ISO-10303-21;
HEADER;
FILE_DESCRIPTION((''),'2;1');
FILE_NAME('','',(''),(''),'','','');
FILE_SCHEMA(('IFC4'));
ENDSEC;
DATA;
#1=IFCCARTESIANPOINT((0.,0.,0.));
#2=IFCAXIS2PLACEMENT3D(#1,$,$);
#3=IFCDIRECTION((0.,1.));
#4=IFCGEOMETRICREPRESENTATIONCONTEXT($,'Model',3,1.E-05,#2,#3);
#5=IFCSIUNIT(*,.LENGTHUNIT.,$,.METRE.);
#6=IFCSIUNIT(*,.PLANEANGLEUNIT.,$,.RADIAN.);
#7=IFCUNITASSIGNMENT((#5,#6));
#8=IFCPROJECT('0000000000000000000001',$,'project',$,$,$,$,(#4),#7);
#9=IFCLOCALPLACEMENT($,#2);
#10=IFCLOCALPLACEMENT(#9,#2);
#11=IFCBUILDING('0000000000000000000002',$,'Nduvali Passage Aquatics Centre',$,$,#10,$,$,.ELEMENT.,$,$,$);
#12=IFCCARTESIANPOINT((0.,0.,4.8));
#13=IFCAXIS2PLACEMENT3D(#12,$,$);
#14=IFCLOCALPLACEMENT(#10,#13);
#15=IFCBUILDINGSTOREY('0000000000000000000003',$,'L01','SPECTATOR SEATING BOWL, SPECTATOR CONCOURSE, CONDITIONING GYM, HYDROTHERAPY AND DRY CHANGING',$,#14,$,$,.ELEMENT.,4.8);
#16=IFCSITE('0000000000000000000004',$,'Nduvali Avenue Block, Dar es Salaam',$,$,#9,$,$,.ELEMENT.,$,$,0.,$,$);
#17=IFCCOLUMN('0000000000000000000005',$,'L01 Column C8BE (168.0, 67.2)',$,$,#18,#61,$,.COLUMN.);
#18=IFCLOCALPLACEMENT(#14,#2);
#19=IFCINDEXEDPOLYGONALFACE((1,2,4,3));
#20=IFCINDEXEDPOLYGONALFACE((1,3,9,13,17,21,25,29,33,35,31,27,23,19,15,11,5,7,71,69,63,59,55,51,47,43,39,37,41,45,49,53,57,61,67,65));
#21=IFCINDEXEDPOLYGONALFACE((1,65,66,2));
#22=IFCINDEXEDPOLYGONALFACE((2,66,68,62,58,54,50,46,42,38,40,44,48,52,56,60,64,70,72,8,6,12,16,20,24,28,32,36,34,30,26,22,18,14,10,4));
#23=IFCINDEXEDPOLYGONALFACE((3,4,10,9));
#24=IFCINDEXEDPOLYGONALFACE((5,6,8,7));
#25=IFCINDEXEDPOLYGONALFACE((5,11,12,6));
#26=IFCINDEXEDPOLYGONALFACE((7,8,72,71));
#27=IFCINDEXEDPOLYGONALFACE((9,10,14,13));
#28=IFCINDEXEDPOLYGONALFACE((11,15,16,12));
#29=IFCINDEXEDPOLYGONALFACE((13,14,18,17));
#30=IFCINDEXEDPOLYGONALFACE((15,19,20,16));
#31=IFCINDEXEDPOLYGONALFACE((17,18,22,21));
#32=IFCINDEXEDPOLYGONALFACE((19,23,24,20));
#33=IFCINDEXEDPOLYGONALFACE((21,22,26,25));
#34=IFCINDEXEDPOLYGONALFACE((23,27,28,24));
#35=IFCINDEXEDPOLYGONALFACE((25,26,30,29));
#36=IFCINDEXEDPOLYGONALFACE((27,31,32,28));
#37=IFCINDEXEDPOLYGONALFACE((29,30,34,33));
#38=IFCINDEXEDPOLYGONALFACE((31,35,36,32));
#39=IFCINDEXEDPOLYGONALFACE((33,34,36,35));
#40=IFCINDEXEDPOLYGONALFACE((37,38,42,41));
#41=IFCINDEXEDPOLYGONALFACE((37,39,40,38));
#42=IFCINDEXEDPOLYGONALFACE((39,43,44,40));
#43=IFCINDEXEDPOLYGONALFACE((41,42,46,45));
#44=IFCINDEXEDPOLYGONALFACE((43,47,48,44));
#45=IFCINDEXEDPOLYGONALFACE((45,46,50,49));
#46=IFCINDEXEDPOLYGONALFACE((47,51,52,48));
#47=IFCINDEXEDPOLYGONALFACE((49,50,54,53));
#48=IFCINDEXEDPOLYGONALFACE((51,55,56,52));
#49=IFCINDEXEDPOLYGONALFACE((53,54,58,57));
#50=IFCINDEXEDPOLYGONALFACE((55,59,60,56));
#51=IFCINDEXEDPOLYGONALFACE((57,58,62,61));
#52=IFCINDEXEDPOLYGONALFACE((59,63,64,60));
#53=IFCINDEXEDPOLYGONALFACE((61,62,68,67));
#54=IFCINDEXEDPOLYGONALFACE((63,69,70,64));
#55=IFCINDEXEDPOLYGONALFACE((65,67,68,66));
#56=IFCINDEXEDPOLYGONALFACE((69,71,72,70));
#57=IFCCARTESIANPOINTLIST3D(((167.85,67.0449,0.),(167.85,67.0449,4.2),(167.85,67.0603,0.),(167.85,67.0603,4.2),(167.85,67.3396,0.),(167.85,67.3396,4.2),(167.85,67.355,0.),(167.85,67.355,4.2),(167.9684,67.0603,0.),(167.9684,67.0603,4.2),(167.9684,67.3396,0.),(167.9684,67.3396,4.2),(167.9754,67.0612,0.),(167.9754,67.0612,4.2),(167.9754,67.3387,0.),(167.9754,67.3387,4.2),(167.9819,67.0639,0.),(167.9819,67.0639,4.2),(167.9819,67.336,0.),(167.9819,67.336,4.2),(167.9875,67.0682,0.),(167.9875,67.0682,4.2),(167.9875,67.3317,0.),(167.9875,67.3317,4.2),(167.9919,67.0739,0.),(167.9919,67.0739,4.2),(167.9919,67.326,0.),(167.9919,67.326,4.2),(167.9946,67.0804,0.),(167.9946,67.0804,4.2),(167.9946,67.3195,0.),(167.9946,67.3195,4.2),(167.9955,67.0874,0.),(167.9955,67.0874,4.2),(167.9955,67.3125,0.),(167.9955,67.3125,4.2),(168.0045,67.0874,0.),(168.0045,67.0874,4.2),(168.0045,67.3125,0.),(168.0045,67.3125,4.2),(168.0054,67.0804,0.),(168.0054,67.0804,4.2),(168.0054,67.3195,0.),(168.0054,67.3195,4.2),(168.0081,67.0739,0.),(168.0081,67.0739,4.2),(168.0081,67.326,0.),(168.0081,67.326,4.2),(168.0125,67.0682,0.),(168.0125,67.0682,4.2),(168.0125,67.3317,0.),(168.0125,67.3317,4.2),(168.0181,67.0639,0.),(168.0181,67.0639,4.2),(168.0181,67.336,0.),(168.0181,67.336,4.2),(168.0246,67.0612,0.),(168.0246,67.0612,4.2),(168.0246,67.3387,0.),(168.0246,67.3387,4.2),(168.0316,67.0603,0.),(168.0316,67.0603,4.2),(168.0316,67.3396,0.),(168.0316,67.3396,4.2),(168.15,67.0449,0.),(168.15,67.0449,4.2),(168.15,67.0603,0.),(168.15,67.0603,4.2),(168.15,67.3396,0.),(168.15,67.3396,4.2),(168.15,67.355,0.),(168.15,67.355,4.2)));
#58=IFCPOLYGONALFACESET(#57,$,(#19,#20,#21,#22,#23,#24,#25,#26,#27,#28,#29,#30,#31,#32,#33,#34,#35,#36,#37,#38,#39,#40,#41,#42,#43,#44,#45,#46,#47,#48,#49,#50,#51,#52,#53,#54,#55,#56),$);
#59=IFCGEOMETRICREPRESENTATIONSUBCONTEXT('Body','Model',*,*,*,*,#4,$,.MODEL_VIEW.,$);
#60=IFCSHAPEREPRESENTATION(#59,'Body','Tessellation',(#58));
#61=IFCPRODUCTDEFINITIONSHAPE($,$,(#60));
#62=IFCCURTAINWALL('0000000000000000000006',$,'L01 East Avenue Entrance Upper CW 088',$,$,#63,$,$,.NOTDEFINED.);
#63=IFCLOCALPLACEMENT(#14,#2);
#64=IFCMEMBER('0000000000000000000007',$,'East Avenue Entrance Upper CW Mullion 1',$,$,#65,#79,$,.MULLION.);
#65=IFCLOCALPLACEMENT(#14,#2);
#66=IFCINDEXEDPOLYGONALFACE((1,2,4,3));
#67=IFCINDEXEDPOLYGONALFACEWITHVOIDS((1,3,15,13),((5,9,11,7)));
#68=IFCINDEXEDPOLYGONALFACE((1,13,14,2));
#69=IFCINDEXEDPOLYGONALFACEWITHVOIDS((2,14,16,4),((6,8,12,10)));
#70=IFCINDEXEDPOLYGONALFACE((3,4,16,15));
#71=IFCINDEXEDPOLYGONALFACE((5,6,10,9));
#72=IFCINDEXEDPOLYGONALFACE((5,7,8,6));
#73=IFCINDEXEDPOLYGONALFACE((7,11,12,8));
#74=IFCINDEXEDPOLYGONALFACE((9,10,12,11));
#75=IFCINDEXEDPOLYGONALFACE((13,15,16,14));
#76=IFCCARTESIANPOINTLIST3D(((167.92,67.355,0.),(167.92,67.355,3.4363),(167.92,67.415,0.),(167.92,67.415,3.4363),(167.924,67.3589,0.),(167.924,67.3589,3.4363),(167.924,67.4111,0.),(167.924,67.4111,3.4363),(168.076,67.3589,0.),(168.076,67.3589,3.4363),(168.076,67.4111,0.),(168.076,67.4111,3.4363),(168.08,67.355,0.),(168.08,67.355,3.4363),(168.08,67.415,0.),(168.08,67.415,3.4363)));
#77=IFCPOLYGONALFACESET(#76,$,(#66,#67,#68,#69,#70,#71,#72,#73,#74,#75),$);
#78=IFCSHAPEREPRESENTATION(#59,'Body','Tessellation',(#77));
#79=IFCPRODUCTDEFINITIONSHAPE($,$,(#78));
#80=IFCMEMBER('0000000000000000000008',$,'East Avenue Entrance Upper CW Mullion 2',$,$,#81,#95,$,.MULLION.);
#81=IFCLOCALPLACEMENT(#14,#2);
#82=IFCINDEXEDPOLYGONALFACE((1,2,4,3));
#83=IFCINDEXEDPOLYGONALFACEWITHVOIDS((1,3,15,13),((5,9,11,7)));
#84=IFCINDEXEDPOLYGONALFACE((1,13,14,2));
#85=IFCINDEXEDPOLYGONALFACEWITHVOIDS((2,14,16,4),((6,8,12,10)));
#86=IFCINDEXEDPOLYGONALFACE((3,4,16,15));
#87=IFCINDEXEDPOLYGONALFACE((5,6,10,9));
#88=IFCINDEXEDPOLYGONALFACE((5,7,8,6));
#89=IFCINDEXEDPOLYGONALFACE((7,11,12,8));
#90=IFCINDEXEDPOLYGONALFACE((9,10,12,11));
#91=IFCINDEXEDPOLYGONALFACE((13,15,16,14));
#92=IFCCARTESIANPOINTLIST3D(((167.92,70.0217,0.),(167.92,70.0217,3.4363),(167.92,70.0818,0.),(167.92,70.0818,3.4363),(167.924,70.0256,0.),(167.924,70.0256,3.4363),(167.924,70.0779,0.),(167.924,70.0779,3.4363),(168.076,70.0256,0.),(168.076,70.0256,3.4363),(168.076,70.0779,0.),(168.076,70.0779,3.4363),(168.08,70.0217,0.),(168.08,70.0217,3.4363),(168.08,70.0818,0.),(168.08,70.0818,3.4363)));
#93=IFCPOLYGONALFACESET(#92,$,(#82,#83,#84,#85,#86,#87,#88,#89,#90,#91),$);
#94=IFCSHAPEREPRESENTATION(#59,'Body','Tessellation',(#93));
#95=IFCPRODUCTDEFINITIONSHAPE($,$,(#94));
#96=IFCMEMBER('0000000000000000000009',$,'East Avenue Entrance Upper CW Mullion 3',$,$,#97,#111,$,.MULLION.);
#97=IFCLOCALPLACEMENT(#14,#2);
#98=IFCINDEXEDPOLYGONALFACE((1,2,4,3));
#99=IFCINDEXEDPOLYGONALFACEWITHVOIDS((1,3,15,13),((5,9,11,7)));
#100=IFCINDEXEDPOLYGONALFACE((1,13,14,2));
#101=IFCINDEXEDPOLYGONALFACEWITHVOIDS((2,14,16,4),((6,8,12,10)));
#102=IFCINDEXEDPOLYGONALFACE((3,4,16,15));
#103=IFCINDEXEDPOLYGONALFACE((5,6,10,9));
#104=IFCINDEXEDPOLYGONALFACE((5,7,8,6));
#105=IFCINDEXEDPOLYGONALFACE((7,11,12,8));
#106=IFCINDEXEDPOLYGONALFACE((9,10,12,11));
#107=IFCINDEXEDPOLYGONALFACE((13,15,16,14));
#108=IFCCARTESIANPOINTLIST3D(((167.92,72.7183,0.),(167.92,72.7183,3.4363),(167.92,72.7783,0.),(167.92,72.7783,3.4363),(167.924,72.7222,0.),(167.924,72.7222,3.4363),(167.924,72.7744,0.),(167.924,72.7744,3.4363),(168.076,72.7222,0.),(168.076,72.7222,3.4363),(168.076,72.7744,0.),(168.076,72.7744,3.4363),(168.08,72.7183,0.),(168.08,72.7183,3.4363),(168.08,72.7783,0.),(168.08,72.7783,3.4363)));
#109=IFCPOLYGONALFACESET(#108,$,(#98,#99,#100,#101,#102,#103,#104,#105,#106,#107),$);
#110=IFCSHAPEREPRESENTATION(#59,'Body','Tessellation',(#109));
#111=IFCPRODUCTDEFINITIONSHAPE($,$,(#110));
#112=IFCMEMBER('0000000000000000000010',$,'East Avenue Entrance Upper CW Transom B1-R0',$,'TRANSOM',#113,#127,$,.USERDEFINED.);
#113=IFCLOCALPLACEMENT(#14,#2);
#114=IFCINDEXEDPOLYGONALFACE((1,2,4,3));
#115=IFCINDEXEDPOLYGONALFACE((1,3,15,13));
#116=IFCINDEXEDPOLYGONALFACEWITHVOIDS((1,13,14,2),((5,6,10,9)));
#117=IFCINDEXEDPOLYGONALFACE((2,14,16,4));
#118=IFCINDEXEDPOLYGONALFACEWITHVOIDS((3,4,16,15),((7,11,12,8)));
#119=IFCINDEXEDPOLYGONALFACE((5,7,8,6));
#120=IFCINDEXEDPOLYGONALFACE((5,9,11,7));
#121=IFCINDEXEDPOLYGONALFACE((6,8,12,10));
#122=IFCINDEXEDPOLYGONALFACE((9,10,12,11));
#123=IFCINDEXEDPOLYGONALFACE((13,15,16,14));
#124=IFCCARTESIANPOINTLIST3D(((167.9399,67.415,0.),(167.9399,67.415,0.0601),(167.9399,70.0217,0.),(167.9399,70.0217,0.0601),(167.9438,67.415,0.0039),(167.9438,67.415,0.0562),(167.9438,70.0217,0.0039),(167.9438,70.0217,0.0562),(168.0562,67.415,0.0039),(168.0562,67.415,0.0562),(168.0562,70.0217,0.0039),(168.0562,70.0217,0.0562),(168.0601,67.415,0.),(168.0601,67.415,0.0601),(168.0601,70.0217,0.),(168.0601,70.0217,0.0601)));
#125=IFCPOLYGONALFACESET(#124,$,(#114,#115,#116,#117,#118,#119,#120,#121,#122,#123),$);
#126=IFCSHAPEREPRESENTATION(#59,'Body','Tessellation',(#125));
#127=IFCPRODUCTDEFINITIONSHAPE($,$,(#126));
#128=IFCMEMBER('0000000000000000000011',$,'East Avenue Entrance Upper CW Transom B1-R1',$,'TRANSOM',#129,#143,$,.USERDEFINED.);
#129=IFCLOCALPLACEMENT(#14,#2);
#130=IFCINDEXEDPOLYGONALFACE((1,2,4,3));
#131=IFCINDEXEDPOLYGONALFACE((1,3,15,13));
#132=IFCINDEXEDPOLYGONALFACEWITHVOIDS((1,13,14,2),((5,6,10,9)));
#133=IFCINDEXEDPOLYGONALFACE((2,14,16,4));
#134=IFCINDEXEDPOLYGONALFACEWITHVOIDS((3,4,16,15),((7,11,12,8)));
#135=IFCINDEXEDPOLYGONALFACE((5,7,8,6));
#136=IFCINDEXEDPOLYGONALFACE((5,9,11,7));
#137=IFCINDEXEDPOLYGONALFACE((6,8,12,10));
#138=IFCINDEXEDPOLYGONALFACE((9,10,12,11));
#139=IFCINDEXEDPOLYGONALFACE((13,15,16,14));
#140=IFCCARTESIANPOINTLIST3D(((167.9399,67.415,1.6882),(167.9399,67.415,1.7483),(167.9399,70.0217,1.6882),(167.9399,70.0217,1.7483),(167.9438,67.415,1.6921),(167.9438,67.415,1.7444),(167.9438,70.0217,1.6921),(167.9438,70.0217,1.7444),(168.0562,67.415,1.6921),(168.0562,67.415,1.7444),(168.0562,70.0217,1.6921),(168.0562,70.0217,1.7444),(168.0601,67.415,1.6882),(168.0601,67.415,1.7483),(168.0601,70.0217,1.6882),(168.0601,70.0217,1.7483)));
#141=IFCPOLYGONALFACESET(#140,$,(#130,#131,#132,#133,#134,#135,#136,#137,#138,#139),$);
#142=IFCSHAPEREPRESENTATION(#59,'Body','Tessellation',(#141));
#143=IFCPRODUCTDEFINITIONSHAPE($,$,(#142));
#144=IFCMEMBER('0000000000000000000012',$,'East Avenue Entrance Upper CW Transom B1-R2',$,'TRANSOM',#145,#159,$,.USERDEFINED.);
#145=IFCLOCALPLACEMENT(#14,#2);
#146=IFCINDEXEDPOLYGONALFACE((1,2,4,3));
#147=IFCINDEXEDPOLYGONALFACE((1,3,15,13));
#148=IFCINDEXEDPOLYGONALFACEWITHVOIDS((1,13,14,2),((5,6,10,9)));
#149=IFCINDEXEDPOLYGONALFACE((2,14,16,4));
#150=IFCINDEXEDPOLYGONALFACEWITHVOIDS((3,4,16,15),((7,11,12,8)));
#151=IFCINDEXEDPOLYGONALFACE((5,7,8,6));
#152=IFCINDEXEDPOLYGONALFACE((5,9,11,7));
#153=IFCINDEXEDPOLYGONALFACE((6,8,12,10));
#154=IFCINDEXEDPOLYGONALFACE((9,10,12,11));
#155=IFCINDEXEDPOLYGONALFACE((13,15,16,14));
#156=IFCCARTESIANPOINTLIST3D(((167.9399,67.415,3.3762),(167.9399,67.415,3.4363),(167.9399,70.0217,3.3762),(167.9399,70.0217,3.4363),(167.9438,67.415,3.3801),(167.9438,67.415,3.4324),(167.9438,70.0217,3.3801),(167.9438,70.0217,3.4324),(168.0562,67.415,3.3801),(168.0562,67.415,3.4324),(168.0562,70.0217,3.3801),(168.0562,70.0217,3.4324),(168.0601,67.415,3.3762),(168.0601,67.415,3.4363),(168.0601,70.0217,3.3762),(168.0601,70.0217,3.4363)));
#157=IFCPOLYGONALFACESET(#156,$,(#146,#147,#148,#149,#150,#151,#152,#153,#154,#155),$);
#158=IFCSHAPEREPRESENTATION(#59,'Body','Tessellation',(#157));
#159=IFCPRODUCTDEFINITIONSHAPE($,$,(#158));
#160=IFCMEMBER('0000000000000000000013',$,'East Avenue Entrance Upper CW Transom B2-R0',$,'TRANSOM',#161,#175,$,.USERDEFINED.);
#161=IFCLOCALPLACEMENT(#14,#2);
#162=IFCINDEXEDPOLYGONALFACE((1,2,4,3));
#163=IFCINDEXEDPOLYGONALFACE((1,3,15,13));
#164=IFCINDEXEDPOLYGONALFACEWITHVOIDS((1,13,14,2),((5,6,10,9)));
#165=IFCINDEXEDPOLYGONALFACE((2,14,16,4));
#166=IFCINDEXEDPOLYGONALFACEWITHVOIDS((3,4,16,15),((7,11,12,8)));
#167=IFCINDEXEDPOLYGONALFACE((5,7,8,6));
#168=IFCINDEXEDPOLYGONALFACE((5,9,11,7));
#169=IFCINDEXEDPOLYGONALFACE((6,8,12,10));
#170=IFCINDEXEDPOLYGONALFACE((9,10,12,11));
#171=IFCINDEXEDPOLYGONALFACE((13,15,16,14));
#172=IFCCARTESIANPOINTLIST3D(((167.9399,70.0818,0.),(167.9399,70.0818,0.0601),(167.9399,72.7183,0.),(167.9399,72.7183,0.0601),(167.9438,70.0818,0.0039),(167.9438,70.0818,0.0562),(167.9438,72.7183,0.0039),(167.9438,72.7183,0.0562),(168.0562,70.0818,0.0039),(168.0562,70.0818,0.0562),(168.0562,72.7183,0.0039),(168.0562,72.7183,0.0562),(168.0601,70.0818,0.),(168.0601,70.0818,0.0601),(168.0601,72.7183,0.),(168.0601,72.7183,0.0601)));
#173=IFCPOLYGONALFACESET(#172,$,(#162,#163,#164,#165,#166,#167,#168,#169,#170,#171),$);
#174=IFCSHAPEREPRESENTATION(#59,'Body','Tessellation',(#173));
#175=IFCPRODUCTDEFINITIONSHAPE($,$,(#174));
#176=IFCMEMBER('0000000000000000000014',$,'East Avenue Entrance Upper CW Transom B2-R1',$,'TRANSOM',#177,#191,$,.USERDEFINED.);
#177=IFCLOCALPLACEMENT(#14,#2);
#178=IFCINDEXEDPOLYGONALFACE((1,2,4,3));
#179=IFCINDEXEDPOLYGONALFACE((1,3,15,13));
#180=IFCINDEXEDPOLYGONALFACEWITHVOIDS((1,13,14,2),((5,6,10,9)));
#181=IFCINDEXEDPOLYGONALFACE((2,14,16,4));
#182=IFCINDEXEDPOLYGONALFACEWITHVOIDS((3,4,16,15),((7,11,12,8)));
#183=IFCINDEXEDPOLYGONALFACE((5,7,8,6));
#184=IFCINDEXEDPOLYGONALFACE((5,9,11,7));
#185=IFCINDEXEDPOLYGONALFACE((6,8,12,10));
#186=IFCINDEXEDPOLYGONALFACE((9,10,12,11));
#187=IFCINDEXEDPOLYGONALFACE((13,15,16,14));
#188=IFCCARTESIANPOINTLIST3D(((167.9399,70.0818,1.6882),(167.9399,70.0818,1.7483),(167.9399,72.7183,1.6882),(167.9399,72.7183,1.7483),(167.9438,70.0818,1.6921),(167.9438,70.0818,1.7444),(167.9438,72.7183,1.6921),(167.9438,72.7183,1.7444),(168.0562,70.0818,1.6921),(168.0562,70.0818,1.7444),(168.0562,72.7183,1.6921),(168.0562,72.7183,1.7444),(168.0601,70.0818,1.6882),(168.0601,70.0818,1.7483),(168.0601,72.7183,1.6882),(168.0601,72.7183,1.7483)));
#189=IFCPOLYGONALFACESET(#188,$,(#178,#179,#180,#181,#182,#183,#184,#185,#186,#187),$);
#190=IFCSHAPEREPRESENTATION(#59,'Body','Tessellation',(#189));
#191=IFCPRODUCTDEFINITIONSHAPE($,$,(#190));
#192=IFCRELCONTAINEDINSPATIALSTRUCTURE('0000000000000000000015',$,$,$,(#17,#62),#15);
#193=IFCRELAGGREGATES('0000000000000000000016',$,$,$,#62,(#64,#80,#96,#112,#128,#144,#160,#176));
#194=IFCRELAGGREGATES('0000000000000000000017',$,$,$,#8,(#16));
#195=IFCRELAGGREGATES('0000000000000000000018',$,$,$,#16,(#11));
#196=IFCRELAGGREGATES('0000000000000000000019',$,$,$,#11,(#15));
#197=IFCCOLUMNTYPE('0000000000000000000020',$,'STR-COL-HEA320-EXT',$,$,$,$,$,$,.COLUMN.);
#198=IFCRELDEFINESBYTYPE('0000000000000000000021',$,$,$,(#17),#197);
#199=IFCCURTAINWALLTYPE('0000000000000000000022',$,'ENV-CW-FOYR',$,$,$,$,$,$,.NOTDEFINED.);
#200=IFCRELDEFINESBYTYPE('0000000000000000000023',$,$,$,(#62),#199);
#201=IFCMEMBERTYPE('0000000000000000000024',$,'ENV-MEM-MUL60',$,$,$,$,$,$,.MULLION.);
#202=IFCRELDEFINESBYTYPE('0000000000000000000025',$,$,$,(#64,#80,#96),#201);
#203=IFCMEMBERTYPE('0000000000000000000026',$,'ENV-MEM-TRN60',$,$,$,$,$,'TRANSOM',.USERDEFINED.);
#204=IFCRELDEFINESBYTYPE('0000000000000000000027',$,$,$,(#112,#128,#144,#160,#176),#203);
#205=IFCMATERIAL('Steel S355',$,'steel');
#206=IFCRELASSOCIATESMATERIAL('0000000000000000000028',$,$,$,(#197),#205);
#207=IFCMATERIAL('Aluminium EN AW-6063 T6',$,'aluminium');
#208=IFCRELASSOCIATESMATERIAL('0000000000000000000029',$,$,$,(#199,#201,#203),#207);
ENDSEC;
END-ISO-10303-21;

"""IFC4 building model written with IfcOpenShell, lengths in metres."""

from ifc_helpers import new_model, si_unit, direction, frame, origin, origin_2d, place, context, subcontext, project, spatial, hollow_rectangle, i_section, extrude, material, material_profile, profile_set, type_object, element, aggregate, save


model = new_model("IFC4")

# Units and contexts
model_context = context("Model", 3, precision=1e-05, world=origin(), true_north=direction((0.0, 1.0)))
body_context = subcontext(model_context, "Body", "Model", "MODEL_VIEW")
ifc_project = project(units=[si_unit("LENGTHUNIT", "METRE"), si_unit("PLANEANGLEUNIT", "RADIAN")], contexts=[model_context])

# Site, building, storey
site_placement = place(None, origin())
site = spatial("IfcSite", under=ifc_project, at=site_placement, Name="Nduvali Avenue Block, Dar es Salaam", CompositionType="ELEMENT", RefElevation=0.0)
building_placement = place(site_placement, origin())
building = spatial("IfcBuilding", under=site, at=building_placement, Name="Nduvali Passage Aquatics Centre", CompositionType="ELEMENT")
storey_placement = place(building_placement, frame((0.0, 0.0, 4.8)))
storey = spatial("IfcBuildingStorey", under=building, at=storey_placement, Name="L01", Description="SPECTATOR SEATING BOWL, SPECTATOR CONCOURSE, CONDITIONING GYM, HYDROTHERAPY AND DRY CHANGING", CompositionType="ELEMENT", Elevation=4.8)

# Column
ifc_material_1 = material(Name="Steel S355", Category="steel")
ifc_material_profile_1 = material_profile(ifc_material_1, i_section(OverallWidth=0.3, OverallDepth=0.3101, WebThickness=0.009, FlangeThickness=0.0154, FilletRadius=0.0271, at=origin_2d()), Name="HEA 320")
ifc_profile_set_1 = profile_set([ifc_material_profile_1], Name="Steel S355")
column_type = type_object("IfcColumnType", Name="STR-COL-HEA320-EXT", PredefinedType="COLUMN", material=ifc_profile_set_1)
column_placement = place(storey_placement, frame((168.0, 67.2, 0.0), z_axis=(0.0, 0.0, 1.0), x_axis=(1.0, 0.0, 0.0)))
element("IfcColumn", 1, at=column_placement, inside=storey, type_object=column_type, Name="L01 Column C8BE (168.0, 67.2)", PredefinedType="COLUMN", context=body_context, shape_type="SweptSolid", body=[
    extrude(i_section(OverallWidth=0.3, OverallDepth=0.3101, WebThickness=0.009, FlangeThickness=0.0154, FilletRadius=0.0271, at=origin_2d()), origin(), (0.0, 0.0, 1.0), 4.2),
])

# Curtain wall, members
ifc_material_2 = material(Name="Aluminium EN AW-6063 T6", Category="aluminium")
curtain_wall_type = type_object("IfcCurtainWallType", Name="ENV-CW-FOYR", PredefinedType="NOTDEFINED", material=ifc_material_2)
curtain_wall_placement = place(storey_placement, origin())
curtain_wall = element("IfcCurtainWall", 2, at=curtain_wall_placement, inside=storey, type_object=curtain_wall_type, Name="L01 East Avenue Entrance Upper CW 088", PredefinedType="NOTDEFINED")
ifc_material_profile_2 = material_profile(ifc_material_2, hollow_rectangle(XDim=0.0601, YDim=0.1599, WallThickness=0.0039, at=origin_2d()), Name="ALU MULLION 60x160x4")
ifc_profile_set_2 = profile_set([ifc_material_profile_2], Name="Aluminium EN AW-6063 T6")
member_type_1 = type_object("IfcMemberType", Name="ENV-MEM-MUL60", PredefinedType="MULLION", material=ifc_profile_set_2)
member_1_placement = place(storey_placement, frame((168.0, 67.385, 0.0), z_axis=(0.0, 0.0, 1.0), x_axis=(0.0, 1.0, 0.0)))
member_1 = element("IfcMember", 3, at=member_1_placement, type_object=member_type_1, Name="East Avenue Entrance Upper CW Mullion 1", PredefinedType="MULLION", context=body_context, shape_type="SweptSolid", body=[
    extrude(hollow_rectangle(XDim=0.0601, YDim=0.1599, WallThickness=0.0039, at=origin_2d()), origin(), (0.0, 0.0, 1.0), 3.4363),
])
member_2_placement = place(storey_placement, frame((168.0, 70.0518, 0.0), z_axis=(0.0, 0.0, 1.0), x_axis=(0.0, 1.0, 0.0)))
member_2 = element("IfcMember", 4, at=member_2_placement, type_object=member_type_1, Name="East Avenue Entrance Upper CW Mullion 2", PredefinedType="MULLION", context=body_context, shape_type="SweptSolid", body=[
    extrude(hollow_rectangle(XDim=0.0601, YDim=0.1599, WallThickness=0.0039, at=origin_2d()), origin(), (0.0, 0.0, 1.0), 3.4363),
])
member_3_placement = place(storey_placement, frame((168.0, 72.7483, 0.0), z_axis=(0.0, 0.0, 1.0), x_axis=(0.0, 1.0, 0.0)))
member_3 = element("IfcMember", 5, at=member_3_placement, type_object=member_type_1, Name="East Avenue Entrance Upper CW Mullion 3", PredefinedType="MULLION", context=body_context, shape_type="SweptSolid", body=[
    extrude(hollow_rectangle(XDim=0.0601, YDim=0.1599, WallThickness=0.0039, at=origin_2d()), origin(), (0.0, 0.0, 1.0), 3.4363),
])
ifc_material_profile_3 = material_profile(ifc_material_2, hollow_rectangle(XDim=0.1201, YDim=0.0601, WallThickness=0.0039, at=origin_2d()), Name="ALU TRANSOM 120x60x4")
ifc_profile_set_3 = profile_set([ifc_material_profile_3], Name="Aluminium EN AW-6063 T6")
member_type_2 = type_object("IfcMemberType", Name="ENV-MEM-TRN60", ElementType="TRANSOM", PredefinedType="USERDEFINED", material=ifc_profile_set_3)
member_4_placement = place(storey_placement, frame((168.0, 67.415, 0.03), z_axis=(0.0, 1.0, 0.0), x_axis=(-1.0, 0.0, 0.0)))
member_4 = element("IfcMember", 6, at=member_4_placement, type_object=member_type_2, Name="East Avenue Entrance Upper CW Transom B1-R0", ObjectType="TRANSOM", PredefinedType="USERDEFINED", context=body_context, shape_type="SweptSolid", body=[
    extrude(hollow_rectangle(XDim=0.1201, YDim=0.0601, WallThickness=0.0039, at=origin_2d()), origin(), (0.0, 0.0, 1.0), 2.6067),
])
member_5_placement = place(storey_placement, frame((168.0, 67.415, 1.7183), z_axis=(0.0, 1.0, 0.0), x_axis=(-1.0, 0.0, 0.0)))
member_5 = element("IfcMember", 7, at=member_5_placement, type_object=member_type_2, Name="East Avenue Entrance Upper CW Transom B1-R1", ObjectType="TRANSOM", PredefinedType="USERDEFINED", context=body_context, shape_type="SweptSolid", body=[
    extrude(hollow_rectangle(XDim=0.1201, YDim=0.0601, WallThickness=0.0039, at=origin_2d()), origin(), (0.0, 0.0, 1.0), 2.6067),
])
member_6_placement = place(storey_placement, frame((168.0, 67.415, 3.4062), z_axis=(0.0, 1.0, 0.0), x_axis=(-1.0, 0.0, 0.0)))
member_6 = element("IfcMember", 8, at=member_6_placement, type_object=member_type_2, Name="East Avenue Entrance Upper CW Transom B1-R2", ObjectType="TRANSOM", PredefinedType="USERDEFINED", context=body_context, shape_type="SweptSolid", body=[
    extrude(hollow_rectangle(XDim=0.1201, YDim=0.0601, WallThickness=0.0039, at=origin_2d()), origin(), (0.0, 0.0, 1.0), 2.6067),
])
member_7_placement = place(storey_placement, frame((168.0, 70.0818, 0.03), z_axis=(0.0, 1.0, 0.0), x_axis=(-1.0, 0.0, 0.0)))
member_7 = element("IfcMember", 9, at=member_7_placement, type_object=member_type_2, Name="East Avenue Entrance Upper CW Transom B2-R0", ObjectType="TRANSOM", PredefinedType="USERDEFINED", context=body_context, shape_type="SweptSolid", body=[
    extrude(hollow_rectangle(XDim=0.1201, YDim=0.0601, WallThickness=0.0039, at=origin_2d()), origin(), (0.0, 0.0, 1.0), 2.6365),
])
member_8_placement = place(storey_placement, frame((168.0, 70.0818, 1.7183), z_axis=(0.0, 1.0, 0.0), x_axis=(-1.0, 0.0, 0.0)))
member_8 = element("IfcMember", 10, at=member_8_placement, type_object=member_type_2, Name="East Avenue Entrance Upper CW Transom B2-R1", ObjectType="TRANSOM", PredefinedType="USERDEFINED", context=body_context, shape_type="SweptSolid", body=[
    extrude(hollow_rectangle(XDim=0.1201, YDim=0.0601, WallThickness=0.0039, at=origin_2d()), origin(), (0.0, 0.0, 1.0), 2.6365),
])

aggregate(curtain_wall, [member_1, member_2, member_3, member_4, member_5, member_6, member_7, member_8])

save(model, "model.ifc")
